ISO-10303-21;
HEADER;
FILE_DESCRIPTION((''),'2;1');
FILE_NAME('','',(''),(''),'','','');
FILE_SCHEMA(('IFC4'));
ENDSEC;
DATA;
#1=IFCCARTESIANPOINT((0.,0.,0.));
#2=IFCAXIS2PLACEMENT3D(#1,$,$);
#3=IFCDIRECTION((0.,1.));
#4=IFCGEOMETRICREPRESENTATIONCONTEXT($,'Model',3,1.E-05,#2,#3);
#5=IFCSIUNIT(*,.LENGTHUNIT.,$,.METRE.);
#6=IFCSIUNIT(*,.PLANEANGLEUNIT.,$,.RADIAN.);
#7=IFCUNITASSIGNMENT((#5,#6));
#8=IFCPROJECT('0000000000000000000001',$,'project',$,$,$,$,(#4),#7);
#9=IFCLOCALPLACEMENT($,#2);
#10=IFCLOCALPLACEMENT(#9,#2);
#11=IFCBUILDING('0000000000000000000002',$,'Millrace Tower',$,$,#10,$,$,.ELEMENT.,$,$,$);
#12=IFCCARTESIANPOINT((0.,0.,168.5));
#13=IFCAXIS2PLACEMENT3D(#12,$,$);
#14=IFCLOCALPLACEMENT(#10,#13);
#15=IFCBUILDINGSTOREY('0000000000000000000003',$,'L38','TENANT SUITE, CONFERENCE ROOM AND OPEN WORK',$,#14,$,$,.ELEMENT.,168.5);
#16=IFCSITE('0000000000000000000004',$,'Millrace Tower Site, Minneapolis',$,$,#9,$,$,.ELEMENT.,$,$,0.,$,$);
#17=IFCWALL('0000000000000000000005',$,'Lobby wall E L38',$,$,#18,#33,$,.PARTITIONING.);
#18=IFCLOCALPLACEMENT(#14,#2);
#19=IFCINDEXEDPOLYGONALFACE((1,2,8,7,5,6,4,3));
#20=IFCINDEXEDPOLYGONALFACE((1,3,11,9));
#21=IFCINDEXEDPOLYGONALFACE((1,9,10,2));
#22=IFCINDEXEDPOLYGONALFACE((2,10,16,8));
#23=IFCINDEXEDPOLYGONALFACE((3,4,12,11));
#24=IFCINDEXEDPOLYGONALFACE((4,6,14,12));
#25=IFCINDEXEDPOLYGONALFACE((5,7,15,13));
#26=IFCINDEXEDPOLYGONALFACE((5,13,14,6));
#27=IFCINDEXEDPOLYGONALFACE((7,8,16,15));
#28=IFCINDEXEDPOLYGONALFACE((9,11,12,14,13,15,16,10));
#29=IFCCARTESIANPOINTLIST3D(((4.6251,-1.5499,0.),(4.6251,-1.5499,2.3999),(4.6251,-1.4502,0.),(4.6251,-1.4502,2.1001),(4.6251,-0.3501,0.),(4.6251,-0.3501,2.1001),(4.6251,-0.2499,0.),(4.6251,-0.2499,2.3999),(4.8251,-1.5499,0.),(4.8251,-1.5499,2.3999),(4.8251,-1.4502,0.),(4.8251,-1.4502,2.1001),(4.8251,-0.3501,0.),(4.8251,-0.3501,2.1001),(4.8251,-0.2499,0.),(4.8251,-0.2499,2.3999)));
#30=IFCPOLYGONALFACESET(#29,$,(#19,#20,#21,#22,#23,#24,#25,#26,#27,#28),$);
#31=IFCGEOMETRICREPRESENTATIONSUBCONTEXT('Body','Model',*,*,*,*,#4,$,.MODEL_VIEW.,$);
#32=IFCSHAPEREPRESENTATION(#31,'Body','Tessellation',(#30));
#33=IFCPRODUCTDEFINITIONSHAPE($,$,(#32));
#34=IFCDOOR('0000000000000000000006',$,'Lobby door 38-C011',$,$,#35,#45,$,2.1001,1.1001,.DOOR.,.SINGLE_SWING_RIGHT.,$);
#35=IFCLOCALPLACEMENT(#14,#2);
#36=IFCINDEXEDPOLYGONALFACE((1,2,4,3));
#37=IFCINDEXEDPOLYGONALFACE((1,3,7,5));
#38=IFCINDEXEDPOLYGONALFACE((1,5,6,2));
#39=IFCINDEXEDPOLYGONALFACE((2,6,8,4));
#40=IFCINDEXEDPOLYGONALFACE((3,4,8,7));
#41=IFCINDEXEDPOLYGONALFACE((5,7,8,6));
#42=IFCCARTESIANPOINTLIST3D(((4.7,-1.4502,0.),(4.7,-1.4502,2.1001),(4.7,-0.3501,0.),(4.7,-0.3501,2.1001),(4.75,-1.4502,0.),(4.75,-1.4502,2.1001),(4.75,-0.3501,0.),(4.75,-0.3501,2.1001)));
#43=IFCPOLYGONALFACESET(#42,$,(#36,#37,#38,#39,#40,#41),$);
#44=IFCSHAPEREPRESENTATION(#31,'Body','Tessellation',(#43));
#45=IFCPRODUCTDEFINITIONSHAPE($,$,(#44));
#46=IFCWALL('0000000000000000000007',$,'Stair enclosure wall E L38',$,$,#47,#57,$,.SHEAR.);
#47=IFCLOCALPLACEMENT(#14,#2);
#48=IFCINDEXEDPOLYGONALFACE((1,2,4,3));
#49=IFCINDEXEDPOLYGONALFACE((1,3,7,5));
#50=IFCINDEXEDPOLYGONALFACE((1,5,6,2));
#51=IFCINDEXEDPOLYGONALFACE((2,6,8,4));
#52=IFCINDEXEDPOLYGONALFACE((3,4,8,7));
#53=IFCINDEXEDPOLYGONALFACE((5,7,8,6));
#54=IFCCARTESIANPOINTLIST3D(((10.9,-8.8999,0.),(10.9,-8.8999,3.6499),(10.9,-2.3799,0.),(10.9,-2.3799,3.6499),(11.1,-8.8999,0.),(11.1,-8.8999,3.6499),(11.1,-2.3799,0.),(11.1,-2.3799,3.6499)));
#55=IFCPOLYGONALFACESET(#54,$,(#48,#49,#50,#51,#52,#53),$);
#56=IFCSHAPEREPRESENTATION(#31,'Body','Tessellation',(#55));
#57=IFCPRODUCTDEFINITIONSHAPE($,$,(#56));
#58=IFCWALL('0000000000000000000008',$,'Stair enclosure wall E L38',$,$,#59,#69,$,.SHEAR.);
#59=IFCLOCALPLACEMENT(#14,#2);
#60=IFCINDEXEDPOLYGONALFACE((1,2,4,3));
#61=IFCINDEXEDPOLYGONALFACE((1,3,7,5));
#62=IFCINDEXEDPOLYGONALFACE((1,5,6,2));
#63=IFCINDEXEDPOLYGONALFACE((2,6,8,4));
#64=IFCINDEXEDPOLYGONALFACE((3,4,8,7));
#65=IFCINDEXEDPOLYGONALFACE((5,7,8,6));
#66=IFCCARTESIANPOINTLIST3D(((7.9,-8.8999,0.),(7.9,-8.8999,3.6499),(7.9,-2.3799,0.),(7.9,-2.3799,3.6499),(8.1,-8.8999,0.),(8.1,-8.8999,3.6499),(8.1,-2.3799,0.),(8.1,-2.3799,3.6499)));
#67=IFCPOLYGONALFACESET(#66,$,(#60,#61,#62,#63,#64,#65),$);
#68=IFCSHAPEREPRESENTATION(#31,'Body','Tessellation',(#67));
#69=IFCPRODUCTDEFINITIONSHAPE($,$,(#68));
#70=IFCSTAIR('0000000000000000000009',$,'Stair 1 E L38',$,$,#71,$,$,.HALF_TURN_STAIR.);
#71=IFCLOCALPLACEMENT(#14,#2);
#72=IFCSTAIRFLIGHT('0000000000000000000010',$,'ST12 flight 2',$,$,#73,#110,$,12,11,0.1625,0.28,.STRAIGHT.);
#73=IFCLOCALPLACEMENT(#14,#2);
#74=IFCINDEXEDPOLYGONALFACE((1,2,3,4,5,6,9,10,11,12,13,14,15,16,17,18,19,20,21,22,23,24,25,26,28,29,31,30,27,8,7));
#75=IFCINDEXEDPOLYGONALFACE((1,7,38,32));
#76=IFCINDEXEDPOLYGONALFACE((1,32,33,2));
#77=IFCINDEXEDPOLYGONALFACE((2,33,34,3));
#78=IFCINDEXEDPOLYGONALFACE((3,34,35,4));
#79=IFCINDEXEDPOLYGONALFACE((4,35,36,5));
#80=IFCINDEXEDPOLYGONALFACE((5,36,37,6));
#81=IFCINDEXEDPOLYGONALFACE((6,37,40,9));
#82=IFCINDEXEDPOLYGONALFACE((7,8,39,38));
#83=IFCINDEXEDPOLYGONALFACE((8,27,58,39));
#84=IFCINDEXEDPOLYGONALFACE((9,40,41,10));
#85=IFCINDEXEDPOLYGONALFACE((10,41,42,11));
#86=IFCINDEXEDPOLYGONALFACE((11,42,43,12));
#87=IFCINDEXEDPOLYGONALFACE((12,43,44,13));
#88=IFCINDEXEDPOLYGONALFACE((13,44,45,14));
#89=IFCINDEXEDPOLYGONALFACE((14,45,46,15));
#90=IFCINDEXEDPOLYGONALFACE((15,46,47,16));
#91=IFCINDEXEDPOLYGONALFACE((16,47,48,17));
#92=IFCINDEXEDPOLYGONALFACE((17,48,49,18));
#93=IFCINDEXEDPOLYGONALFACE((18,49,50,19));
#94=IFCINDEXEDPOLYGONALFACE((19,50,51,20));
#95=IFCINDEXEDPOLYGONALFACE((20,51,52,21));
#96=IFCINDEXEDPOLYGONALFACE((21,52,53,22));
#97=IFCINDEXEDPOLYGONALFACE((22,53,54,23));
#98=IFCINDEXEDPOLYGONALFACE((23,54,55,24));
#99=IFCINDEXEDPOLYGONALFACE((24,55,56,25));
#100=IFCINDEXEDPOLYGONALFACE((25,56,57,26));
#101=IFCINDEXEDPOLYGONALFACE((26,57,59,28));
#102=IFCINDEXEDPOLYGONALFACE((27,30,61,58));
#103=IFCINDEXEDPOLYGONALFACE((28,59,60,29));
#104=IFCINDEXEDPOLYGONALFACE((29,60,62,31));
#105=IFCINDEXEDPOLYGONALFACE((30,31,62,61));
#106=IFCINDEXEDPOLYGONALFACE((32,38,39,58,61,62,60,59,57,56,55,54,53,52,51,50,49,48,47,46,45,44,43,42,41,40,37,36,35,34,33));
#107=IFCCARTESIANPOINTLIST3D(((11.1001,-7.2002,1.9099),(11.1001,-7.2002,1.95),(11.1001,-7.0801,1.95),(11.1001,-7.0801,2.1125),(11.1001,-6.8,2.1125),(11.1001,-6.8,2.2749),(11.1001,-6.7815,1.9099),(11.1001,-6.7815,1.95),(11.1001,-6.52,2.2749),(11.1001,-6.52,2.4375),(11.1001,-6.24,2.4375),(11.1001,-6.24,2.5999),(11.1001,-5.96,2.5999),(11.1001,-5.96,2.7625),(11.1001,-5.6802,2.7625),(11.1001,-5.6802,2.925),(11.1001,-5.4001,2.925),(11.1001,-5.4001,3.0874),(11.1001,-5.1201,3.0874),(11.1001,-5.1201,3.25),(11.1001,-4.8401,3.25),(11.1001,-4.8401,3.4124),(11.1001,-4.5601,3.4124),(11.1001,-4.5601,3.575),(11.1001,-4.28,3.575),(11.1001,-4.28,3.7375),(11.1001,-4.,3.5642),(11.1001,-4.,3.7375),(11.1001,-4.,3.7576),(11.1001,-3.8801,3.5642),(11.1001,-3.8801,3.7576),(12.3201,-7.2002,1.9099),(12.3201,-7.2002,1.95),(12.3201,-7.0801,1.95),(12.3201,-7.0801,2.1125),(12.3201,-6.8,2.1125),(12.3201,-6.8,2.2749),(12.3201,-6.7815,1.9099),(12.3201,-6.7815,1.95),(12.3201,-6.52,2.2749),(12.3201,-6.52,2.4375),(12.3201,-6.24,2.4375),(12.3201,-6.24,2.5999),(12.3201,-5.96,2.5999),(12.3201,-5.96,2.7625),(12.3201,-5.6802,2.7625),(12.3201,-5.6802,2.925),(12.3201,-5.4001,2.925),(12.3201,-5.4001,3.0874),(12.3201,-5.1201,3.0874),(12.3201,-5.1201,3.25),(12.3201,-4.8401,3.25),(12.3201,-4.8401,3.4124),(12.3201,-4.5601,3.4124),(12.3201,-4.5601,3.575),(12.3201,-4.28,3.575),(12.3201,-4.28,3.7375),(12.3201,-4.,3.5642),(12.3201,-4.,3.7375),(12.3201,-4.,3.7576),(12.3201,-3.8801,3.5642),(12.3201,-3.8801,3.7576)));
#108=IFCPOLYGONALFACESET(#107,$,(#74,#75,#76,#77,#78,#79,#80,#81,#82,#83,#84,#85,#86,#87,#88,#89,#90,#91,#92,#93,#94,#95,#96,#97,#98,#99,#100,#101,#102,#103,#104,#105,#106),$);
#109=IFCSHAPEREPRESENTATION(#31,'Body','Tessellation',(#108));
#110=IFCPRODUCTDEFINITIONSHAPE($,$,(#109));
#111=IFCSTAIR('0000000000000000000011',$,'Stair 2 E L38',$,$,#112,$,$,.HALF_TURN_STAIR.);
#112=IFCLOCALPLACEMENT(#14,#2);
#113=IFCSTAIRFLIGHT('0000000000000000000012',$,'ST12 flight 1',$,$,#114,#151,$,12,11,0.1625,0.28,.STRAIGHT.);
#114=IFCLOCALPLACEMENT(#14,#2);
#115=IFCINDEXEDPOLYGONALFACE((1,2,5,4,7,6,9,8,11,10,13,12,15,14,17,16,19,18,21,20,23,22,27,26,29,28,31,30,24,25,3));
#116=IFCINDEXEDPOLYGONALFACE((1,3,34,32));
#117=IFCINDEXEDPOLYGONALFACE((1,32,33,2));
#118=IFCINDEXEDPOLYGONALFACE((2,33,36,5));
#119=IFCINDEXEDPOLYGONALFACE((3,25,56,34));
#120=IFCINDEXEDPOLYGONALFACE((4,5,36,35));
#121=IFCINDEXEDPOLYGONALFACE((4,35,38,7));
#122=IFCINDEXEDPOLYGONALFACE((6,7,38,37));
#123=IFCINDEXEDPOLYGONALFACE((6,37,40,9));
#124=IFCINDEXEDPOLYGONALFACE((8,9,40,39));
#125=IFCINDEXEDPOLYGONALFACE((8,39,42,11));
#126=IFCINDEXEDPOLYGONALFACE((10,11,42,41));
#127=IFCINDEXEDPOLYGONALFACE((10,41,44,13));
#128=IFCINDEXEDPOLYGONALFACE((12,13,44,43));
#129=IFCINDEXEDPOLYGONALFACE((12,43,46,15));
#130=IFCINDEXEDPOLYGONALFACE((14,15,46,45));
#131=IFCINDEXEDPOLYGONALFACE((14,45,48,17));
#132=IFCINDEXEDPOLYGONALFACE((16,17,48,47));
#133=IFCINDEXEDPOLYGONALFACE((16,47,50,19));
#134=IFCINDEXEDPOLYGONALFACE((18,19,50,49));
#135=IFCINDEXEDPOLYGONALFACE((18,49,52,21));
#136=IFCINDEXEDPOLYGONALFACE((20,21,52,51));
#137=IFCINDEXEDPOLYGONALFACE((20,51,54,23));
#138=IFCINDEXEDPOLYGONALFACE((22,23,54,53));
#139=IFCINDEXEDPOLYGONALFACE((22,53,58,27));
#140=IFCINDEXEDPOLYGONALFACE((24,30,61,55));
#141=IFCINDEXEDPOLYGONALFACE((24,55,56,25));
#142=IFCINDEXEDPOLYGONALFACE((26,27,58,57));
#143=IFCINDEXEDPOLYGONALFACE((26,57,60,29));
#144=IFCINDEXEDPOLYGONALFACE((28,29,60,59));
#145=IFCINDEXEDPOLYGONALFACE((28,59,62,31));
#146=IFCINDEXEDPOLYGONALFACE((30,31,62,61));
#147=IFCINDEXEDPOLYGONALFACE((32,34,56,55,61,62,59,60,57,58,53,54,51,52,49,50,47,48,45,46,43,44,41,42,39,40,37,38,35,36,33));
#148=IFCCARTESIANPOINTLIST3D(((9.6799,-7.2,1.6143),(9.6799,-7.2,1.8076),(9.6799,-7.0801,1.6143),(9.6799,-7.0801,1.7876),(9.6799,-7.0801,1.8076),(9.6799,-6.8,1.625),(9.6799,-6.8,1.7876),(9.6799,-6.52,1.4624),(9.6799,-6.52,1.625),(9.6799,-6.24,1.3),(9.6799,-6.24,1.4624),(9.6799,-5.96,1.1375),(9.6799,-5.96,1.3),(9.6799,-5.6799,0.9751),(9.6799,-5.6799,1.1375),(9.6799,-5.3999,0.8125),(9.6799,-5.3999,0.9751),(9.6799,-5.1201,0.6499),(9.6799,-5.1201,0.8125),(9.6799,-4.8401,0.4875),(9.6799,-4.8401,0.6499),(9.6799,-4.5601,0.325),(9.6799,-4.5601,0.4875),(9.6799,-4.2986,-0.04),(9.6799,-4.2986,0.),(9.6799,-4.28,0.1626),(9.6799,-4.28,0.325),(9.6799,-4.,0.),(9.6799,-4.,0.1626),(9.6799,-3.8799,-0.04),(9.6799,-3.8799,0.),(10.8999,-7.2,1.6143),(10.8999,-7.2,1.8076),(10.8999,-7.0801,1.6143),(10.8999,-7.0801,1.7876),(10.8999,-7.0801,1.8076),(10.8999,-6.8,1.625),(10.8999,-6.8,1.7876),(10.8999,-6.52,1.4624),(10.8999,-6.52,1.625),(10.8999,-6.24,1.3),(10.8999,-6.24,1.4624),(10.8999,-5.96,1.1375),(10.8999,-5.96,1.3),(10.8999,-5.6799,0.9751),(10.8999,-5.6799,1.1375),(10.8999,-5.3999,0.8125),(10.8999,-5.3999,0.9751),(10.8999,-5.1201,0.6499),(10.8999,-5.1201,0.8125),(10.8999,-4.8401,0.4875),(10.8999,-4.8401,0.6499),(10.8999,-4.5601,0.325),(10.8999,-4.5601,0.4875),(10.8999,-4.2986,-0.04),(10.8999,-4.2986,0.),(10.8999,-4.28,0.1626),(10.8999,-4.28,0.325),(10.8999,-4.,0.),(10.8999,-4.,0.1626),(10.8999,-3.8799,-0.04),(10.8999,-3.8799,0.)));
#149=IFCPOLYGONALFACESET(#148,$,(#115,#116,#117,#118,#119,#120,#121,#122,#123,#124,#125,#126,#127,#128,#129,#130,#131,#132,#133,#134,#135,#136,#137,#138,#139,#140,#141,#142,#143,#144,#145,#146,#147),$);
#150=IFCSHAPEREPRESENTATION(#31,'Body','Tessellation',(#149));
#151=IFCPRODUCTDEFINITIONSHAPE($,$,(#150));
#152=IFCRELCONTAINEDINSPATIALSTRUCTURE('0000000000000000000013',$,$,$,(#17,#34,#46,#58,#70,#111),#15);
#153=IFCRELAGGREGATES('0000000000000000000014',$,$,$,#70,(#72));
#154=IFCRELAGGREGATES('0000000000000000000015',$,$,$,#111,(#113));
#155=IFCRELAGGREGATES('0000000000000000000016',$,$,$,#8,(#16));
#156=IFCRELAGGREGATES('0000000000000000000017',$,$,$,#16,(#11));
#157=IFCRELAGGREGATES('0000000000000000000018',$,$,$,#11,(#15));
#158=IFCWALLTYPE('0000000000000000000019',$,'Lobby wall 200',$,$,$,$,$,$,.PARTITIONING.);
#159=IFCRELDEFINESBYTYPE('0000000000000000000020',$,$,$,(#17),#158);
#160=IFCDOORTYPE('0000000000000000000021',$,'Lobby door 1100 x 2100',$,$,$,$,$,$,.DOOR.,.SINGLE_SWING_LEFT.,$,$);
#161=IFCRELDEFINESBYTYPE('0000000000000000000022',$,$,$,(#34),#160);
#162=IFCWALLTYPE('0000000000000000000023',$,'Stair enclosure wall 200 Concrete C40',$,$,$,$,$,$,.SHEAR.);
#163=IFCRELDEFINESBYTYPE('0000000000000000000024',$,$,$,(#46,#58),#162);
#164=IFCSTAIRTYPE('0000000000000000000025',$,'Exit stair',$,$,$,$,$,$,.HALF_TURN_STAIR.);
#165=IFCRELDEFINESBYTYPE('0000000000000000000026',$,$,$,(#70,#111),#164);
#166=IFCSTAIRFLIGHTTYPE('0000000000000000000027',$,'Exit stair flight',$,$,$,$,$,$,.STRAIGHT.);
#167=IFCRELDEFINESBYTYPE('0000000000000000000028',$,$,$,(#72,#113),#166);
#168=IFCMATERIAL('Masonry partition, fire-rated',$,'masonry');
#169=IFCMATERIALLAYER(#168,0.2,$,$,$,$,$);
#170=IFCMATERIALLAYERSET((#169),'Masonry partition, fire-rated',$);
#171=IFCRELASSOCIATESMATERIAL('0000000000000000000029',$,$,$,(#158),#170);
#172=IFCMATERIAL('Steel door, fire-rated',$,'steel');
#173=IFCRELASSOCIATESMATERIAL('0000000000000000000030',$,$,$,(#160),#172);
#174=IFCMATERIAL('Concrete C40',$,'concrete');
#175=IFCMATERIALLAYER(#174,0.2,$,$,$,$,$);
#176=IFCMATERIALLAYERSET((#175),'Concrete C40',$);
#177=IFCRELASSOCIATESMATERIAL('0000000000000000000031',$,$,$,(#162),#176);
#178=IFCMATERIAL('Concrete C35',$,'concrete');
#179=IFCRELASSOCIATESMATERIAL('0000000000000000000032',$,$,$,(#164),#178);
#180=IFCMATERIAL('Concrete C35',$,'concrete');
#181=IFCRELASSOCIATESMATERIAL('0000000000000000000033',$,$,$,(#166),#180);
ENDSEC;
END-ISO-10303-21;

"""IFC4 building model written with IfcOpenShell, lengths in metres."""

from ifc_helpers import new_model, si_unit, direction, frame, frame_2d, origin, place, context, subcontext, project, spatial, polyline, rectangle, outline, extrude, material, layer, layer_set, type_object, element, fill, aggregate, save


model = new_model("IFC4")

# Units and contexts
model_context = context("Model", 3, precision=1e-05, world=origin(), true_north=direction((0.0, 1.0)))
body_context = subcontext(model_context, "Body", "Model", "MODEL_VIEW")
ifc_project = project(units=[si_unit("LENGTHUNIT", "METRE"), si_unit("PLANEANGLEUNIT", "RADIAN")], contexts=[model_context])

# Site, building, storey
site_placement = place(None, origin())
site = spatial("IfcSite", under=ifc_project, at=site_placement, Name="Millrace Tower Site, Minneapolis", CompositionType="ELEMENT", RefElevation=0.0)
building_placement = place(site_placement, origin())
building = spatial("IfcBuilding", under=site, at=building_placement, Name="Millrace Tower", CompositionType="ELEMENT")
storey_placement = place(building_placement, frame((0.0, 0.0, 168.5)))
storey = spatial("IfcBuildingStorey", under=building, at=storey_placement, Name="L38", Description="TENANT SUITE, CONFERENCE ROOM AND OPEN WORK", CompositionType="ELEMENT", Elevation=168.5)

# Shared definitions
placement_1 = place(storey_placement, origin())

# Wall, opening, door
ifc_material_1 = material(Name="Masonry partition, fire-rated", Category="masonry")
ifc_layer_1 = layer(ifc_material_1, 0.2)
ifc_layer_set_1 = layer_set([ifc_layer_1], Name="Masonry partition, fire-rated")
wall_type_1 = type_object("IfcWallType", Name="Lobby wall 200", PredefinedType="PARTITIONING", material=ifc_layer_set_1)
wall_1_placement = place(storey_placement, frame((4.7251, -0.25, 0.0), z_axis=(0.0, 0.0, 1.0), x_axis=(0.0, -1.0, 0.0)))
wall_1 = element("IfcWall", 1, at=wall_1_placement, inside=storey, type_object=wall_type_1, Name="Lobby wall E L38", PredefinedType="PARTITIONING", context=body_context, shape_type="SweptSolid", body=[
    extrude(rectangle(XDim=1.3, YDim=0.2, at=frame_2d((0.6499, 0.0))), origin(), (0.0, 0.0, 1.0), 2.3999),
])
opening_1_placement = place(wall_1_placement, frame((0.1001, 0.0, 0.0)))
opening_1 = element("IfcOpeningElement", 2, at=opening_1_placement, cuts=wall_1, PredefinedType="OPENING", context=body_context, shape_type="SweptSolid", body=[
    extrude(rectangle(XDim=1.1001, YDim=2.1001, at=frame_2d((0.55, 1.05))), frame((0.0, 0.1099, 0.0), z_axis=(0.0, -1.0, 0.0), x_axis=(1.0, 0.0, 0.0)), (0.0, 0.0, 1.0), 0.22),
])
ifc_material_2 = material(Name="Steel door, fire-rated", Category="steel")
door_type_1 = type_object("IfcDoorType", Name="Lobby door 1100 x 2100", OperationType="SINGLE_SWING_LEFT", PredefinedType="DOOR", material=ifc_material_2)
door_1_placement = place(opening_1_placement, origin())
door_1 = element("IfcDoor", 3, at=door_1_placement, inside=storey, type_object=door_type_1, Name="Lobby door 38-C011", OperationType="SINGLE_SWING_RIGHT", OverallHeight=2.1001, OverallWidth=1.1001, PredefinedType="DOOR", context=body_context, shape_type="SweptSolid", body=[
    extrude(rectangle(XDim=1.1001, YDim=2.1001, at=frame_2d((0.55, 1.05))), frame((0.0, 0.0249, 0.0), z_axis=(0.0, -1.0, 0.0), x_axis=(1.0, 0.0, 0.0)), (0.0, 0.0, 1.0), 0.05),
])
fill(opening_1, door_1)

# Walls
ifc_material_3 = material(Name="Concrete C40", Category="concrete")
ifc_layer_2 = layer(ifc_material_3, 0.2)
ifc_layer_set_2 = layer_set([ifc_layer_2], Name="Concrete C40")
wall_type_2 = type_object("IfcWallType", Name="Stair enclosure wall 200 Concrete C40", PredefinedType="SHEAR", material=ifc_layer_set_2)
for number, where, z_axis, x_axis, name in (
    (4, (11.0, -2.3799, 0.0), (0.0, 0.0, 1.0), (0.0, -1.0, 0.0), "Stair enclosure wall E L38"),
    (5, (8.0, -2.3799, 0.0), (0.0, 0.0, 1.0), (0.0, -1.0, 0.0), "Stair enclosure wall E L38"),
):
    element("IfcWall", number, at=place(storey_placement, frame(where, z_axis=z_axis, x_axis=x_axis)), inside=storey, type_object=wall_type_2, Name=name, PredefinedType="SHEAR", context=body_context, shape_type="SweptSolid", body=[
        extrude(rectangle(XDim=6.52, YDim=0.2, at=frame_2d((3.26, 0.0))), origin(), (0.0, 0.0, 1.0), 3.6499),
    ])

# Stairs, stair flights
ifc_material_4 = material(Name="Concrete C35", Category="concrete")
stair_type = type_object("IfcStairType", Name="Exit stair", PredefinedType="HALF_TURN_STAIR", material=ifc_material_4)
stair_1 = element("IfcStair", 6, at=placement_1, inside=storey, type_object=stair_type, Name="Stair 1 E L38", PredefinedType="HALF_TURN_STAIR")
ifc_material_5 = material(Name="Concrete C35", Category="concrete")
stair_flight_type = type_object("IfcStairFlightType", Name="Exit stair flight", PredefinedType="STRAIGHT", material=ifc_material_5)
stair_flight_1_placement = place(storey_placement, frame((11.71, -7.0801, 1.95), z_axis=(0.0, 0.0, 1.0), x_axis=(0.0, 1.0, 0.0)))
stair_flight_1 = element("IfcStairFlight", 7, at=stair_flight_1_placement, type_object=stair_flight_type, Name="ST12 flight 2", NumberOfRisers=12, NumberOfTreads=11, PredefinedType="STRAIGHT", RiserHeight=0.1625, TreadLength=0.28, context=body_context, shape_type="SweptSolid", body=[
    extrude(outline(polyline([(-0.1201, -0.04), (-0.1201, 0.0), (0.0, 0.0), (0.0, 0.1626), (0.28, 0.1626), (0.28, 0.325), (0.5601, 0.325), (0.5601, 0.4875), (0.8401, 0.4875), (0.8401, 0.6499), (1.1201, 0.6499), (1.1201, 0.8125), (1.3999, 0.8125), (1.3999, 0.9751), (1.6799, 0.9751), (1.6799, 1.1375), (1.96, 1.1375), (1.96, 1.3), (2.24, 1.3), (2.24, 1.4624), (2.52, 1.4624), (2.52, 1.625), (2.8, 1.625), (2.8, 1.7876), (3.0801, 1.7876), (3.0801, 1.8076), (3.2, 1.8076), (3.2, 1.6143), (3.0801, 1.6143), (0.2986, 0.0), (0.2986, -0.04), (-0.1201, -0.04)])), frame((0.0, 0.6099, 0.0), z_axis=(0.0, -1.0, 0.0), x_axis=(1.0, 0.0, 0.0)), (0.0, 0.0, 1.0), 1.22),
])
aggregate(stair_1, [stair_flight_1])
stair_2 = element("IfcStair", 8, at=placement_1, inside=storey, type_object=stair_type, Name="Stair 2 E L38", PredefinedType="HALF_TURN_STAIR")
stair_flight_2_placement = place(storey_placement, frame((10.29, -4.0, 0.0), z_axis=(0.0, 0.0, 1.0), x_axis=(0.0, -1.0, 0.0)))
stair_flight_2 = element("IfcStairFlight", 9, at=stair_flight_2_placement, type_object=stair_flight_type, Name="ST12 flight 1", NumberOfRisers=12, NumberOfTreads=11, PredefinedType="STRAIGHT", RiserHeight=0.1625, TreadLength=0.28, context=body_context, shape_type="SweptSolid", body=[
    extrude(outline(polyline([(-0.1201, -0.04), (-0.1201, 0.0), (0.0, 0.0), (0.0, 0.1626), (0.28, 0.1626), (0.28, 0.325), (0.5601, 0.325), (0.5601, 0.4875), (0.8401, 0.4875), (0.8401, 0.6499), (1.1201, 0.6499), (1.1201, 0.8125), (1.3999, 0.8125), (1.3999, 0.9751), (1.6799, 0.9751), (1.6799, 1.1375), (1.96, 1.1375), (1.96, 1.3), (2.24, 1.3), (2.24, 1.4624), (2.52, 1.4624), (2.52, 1.625), (2.8, 1.625), (2.8, 1.7876), (3.0801, 1.7876), (3.0801, 1.8076), (3.2, 1.8076), (3.2, 1.6143), (3.0801, 1.6143), (0.2986, 0.0), (0.2986, -0.04), (-0.1201, -0.04)])), frame((0.0, 0.6099, 0.0), z_axis=(0.0, -1.0, 0.0), x_axis=(1.0, 0.0, 0.0)), (0.0, 0.0, 1.0), 1.22),
])
aggregate(stair_2, [stair_flight_2])

save(model, "model.ifc")
